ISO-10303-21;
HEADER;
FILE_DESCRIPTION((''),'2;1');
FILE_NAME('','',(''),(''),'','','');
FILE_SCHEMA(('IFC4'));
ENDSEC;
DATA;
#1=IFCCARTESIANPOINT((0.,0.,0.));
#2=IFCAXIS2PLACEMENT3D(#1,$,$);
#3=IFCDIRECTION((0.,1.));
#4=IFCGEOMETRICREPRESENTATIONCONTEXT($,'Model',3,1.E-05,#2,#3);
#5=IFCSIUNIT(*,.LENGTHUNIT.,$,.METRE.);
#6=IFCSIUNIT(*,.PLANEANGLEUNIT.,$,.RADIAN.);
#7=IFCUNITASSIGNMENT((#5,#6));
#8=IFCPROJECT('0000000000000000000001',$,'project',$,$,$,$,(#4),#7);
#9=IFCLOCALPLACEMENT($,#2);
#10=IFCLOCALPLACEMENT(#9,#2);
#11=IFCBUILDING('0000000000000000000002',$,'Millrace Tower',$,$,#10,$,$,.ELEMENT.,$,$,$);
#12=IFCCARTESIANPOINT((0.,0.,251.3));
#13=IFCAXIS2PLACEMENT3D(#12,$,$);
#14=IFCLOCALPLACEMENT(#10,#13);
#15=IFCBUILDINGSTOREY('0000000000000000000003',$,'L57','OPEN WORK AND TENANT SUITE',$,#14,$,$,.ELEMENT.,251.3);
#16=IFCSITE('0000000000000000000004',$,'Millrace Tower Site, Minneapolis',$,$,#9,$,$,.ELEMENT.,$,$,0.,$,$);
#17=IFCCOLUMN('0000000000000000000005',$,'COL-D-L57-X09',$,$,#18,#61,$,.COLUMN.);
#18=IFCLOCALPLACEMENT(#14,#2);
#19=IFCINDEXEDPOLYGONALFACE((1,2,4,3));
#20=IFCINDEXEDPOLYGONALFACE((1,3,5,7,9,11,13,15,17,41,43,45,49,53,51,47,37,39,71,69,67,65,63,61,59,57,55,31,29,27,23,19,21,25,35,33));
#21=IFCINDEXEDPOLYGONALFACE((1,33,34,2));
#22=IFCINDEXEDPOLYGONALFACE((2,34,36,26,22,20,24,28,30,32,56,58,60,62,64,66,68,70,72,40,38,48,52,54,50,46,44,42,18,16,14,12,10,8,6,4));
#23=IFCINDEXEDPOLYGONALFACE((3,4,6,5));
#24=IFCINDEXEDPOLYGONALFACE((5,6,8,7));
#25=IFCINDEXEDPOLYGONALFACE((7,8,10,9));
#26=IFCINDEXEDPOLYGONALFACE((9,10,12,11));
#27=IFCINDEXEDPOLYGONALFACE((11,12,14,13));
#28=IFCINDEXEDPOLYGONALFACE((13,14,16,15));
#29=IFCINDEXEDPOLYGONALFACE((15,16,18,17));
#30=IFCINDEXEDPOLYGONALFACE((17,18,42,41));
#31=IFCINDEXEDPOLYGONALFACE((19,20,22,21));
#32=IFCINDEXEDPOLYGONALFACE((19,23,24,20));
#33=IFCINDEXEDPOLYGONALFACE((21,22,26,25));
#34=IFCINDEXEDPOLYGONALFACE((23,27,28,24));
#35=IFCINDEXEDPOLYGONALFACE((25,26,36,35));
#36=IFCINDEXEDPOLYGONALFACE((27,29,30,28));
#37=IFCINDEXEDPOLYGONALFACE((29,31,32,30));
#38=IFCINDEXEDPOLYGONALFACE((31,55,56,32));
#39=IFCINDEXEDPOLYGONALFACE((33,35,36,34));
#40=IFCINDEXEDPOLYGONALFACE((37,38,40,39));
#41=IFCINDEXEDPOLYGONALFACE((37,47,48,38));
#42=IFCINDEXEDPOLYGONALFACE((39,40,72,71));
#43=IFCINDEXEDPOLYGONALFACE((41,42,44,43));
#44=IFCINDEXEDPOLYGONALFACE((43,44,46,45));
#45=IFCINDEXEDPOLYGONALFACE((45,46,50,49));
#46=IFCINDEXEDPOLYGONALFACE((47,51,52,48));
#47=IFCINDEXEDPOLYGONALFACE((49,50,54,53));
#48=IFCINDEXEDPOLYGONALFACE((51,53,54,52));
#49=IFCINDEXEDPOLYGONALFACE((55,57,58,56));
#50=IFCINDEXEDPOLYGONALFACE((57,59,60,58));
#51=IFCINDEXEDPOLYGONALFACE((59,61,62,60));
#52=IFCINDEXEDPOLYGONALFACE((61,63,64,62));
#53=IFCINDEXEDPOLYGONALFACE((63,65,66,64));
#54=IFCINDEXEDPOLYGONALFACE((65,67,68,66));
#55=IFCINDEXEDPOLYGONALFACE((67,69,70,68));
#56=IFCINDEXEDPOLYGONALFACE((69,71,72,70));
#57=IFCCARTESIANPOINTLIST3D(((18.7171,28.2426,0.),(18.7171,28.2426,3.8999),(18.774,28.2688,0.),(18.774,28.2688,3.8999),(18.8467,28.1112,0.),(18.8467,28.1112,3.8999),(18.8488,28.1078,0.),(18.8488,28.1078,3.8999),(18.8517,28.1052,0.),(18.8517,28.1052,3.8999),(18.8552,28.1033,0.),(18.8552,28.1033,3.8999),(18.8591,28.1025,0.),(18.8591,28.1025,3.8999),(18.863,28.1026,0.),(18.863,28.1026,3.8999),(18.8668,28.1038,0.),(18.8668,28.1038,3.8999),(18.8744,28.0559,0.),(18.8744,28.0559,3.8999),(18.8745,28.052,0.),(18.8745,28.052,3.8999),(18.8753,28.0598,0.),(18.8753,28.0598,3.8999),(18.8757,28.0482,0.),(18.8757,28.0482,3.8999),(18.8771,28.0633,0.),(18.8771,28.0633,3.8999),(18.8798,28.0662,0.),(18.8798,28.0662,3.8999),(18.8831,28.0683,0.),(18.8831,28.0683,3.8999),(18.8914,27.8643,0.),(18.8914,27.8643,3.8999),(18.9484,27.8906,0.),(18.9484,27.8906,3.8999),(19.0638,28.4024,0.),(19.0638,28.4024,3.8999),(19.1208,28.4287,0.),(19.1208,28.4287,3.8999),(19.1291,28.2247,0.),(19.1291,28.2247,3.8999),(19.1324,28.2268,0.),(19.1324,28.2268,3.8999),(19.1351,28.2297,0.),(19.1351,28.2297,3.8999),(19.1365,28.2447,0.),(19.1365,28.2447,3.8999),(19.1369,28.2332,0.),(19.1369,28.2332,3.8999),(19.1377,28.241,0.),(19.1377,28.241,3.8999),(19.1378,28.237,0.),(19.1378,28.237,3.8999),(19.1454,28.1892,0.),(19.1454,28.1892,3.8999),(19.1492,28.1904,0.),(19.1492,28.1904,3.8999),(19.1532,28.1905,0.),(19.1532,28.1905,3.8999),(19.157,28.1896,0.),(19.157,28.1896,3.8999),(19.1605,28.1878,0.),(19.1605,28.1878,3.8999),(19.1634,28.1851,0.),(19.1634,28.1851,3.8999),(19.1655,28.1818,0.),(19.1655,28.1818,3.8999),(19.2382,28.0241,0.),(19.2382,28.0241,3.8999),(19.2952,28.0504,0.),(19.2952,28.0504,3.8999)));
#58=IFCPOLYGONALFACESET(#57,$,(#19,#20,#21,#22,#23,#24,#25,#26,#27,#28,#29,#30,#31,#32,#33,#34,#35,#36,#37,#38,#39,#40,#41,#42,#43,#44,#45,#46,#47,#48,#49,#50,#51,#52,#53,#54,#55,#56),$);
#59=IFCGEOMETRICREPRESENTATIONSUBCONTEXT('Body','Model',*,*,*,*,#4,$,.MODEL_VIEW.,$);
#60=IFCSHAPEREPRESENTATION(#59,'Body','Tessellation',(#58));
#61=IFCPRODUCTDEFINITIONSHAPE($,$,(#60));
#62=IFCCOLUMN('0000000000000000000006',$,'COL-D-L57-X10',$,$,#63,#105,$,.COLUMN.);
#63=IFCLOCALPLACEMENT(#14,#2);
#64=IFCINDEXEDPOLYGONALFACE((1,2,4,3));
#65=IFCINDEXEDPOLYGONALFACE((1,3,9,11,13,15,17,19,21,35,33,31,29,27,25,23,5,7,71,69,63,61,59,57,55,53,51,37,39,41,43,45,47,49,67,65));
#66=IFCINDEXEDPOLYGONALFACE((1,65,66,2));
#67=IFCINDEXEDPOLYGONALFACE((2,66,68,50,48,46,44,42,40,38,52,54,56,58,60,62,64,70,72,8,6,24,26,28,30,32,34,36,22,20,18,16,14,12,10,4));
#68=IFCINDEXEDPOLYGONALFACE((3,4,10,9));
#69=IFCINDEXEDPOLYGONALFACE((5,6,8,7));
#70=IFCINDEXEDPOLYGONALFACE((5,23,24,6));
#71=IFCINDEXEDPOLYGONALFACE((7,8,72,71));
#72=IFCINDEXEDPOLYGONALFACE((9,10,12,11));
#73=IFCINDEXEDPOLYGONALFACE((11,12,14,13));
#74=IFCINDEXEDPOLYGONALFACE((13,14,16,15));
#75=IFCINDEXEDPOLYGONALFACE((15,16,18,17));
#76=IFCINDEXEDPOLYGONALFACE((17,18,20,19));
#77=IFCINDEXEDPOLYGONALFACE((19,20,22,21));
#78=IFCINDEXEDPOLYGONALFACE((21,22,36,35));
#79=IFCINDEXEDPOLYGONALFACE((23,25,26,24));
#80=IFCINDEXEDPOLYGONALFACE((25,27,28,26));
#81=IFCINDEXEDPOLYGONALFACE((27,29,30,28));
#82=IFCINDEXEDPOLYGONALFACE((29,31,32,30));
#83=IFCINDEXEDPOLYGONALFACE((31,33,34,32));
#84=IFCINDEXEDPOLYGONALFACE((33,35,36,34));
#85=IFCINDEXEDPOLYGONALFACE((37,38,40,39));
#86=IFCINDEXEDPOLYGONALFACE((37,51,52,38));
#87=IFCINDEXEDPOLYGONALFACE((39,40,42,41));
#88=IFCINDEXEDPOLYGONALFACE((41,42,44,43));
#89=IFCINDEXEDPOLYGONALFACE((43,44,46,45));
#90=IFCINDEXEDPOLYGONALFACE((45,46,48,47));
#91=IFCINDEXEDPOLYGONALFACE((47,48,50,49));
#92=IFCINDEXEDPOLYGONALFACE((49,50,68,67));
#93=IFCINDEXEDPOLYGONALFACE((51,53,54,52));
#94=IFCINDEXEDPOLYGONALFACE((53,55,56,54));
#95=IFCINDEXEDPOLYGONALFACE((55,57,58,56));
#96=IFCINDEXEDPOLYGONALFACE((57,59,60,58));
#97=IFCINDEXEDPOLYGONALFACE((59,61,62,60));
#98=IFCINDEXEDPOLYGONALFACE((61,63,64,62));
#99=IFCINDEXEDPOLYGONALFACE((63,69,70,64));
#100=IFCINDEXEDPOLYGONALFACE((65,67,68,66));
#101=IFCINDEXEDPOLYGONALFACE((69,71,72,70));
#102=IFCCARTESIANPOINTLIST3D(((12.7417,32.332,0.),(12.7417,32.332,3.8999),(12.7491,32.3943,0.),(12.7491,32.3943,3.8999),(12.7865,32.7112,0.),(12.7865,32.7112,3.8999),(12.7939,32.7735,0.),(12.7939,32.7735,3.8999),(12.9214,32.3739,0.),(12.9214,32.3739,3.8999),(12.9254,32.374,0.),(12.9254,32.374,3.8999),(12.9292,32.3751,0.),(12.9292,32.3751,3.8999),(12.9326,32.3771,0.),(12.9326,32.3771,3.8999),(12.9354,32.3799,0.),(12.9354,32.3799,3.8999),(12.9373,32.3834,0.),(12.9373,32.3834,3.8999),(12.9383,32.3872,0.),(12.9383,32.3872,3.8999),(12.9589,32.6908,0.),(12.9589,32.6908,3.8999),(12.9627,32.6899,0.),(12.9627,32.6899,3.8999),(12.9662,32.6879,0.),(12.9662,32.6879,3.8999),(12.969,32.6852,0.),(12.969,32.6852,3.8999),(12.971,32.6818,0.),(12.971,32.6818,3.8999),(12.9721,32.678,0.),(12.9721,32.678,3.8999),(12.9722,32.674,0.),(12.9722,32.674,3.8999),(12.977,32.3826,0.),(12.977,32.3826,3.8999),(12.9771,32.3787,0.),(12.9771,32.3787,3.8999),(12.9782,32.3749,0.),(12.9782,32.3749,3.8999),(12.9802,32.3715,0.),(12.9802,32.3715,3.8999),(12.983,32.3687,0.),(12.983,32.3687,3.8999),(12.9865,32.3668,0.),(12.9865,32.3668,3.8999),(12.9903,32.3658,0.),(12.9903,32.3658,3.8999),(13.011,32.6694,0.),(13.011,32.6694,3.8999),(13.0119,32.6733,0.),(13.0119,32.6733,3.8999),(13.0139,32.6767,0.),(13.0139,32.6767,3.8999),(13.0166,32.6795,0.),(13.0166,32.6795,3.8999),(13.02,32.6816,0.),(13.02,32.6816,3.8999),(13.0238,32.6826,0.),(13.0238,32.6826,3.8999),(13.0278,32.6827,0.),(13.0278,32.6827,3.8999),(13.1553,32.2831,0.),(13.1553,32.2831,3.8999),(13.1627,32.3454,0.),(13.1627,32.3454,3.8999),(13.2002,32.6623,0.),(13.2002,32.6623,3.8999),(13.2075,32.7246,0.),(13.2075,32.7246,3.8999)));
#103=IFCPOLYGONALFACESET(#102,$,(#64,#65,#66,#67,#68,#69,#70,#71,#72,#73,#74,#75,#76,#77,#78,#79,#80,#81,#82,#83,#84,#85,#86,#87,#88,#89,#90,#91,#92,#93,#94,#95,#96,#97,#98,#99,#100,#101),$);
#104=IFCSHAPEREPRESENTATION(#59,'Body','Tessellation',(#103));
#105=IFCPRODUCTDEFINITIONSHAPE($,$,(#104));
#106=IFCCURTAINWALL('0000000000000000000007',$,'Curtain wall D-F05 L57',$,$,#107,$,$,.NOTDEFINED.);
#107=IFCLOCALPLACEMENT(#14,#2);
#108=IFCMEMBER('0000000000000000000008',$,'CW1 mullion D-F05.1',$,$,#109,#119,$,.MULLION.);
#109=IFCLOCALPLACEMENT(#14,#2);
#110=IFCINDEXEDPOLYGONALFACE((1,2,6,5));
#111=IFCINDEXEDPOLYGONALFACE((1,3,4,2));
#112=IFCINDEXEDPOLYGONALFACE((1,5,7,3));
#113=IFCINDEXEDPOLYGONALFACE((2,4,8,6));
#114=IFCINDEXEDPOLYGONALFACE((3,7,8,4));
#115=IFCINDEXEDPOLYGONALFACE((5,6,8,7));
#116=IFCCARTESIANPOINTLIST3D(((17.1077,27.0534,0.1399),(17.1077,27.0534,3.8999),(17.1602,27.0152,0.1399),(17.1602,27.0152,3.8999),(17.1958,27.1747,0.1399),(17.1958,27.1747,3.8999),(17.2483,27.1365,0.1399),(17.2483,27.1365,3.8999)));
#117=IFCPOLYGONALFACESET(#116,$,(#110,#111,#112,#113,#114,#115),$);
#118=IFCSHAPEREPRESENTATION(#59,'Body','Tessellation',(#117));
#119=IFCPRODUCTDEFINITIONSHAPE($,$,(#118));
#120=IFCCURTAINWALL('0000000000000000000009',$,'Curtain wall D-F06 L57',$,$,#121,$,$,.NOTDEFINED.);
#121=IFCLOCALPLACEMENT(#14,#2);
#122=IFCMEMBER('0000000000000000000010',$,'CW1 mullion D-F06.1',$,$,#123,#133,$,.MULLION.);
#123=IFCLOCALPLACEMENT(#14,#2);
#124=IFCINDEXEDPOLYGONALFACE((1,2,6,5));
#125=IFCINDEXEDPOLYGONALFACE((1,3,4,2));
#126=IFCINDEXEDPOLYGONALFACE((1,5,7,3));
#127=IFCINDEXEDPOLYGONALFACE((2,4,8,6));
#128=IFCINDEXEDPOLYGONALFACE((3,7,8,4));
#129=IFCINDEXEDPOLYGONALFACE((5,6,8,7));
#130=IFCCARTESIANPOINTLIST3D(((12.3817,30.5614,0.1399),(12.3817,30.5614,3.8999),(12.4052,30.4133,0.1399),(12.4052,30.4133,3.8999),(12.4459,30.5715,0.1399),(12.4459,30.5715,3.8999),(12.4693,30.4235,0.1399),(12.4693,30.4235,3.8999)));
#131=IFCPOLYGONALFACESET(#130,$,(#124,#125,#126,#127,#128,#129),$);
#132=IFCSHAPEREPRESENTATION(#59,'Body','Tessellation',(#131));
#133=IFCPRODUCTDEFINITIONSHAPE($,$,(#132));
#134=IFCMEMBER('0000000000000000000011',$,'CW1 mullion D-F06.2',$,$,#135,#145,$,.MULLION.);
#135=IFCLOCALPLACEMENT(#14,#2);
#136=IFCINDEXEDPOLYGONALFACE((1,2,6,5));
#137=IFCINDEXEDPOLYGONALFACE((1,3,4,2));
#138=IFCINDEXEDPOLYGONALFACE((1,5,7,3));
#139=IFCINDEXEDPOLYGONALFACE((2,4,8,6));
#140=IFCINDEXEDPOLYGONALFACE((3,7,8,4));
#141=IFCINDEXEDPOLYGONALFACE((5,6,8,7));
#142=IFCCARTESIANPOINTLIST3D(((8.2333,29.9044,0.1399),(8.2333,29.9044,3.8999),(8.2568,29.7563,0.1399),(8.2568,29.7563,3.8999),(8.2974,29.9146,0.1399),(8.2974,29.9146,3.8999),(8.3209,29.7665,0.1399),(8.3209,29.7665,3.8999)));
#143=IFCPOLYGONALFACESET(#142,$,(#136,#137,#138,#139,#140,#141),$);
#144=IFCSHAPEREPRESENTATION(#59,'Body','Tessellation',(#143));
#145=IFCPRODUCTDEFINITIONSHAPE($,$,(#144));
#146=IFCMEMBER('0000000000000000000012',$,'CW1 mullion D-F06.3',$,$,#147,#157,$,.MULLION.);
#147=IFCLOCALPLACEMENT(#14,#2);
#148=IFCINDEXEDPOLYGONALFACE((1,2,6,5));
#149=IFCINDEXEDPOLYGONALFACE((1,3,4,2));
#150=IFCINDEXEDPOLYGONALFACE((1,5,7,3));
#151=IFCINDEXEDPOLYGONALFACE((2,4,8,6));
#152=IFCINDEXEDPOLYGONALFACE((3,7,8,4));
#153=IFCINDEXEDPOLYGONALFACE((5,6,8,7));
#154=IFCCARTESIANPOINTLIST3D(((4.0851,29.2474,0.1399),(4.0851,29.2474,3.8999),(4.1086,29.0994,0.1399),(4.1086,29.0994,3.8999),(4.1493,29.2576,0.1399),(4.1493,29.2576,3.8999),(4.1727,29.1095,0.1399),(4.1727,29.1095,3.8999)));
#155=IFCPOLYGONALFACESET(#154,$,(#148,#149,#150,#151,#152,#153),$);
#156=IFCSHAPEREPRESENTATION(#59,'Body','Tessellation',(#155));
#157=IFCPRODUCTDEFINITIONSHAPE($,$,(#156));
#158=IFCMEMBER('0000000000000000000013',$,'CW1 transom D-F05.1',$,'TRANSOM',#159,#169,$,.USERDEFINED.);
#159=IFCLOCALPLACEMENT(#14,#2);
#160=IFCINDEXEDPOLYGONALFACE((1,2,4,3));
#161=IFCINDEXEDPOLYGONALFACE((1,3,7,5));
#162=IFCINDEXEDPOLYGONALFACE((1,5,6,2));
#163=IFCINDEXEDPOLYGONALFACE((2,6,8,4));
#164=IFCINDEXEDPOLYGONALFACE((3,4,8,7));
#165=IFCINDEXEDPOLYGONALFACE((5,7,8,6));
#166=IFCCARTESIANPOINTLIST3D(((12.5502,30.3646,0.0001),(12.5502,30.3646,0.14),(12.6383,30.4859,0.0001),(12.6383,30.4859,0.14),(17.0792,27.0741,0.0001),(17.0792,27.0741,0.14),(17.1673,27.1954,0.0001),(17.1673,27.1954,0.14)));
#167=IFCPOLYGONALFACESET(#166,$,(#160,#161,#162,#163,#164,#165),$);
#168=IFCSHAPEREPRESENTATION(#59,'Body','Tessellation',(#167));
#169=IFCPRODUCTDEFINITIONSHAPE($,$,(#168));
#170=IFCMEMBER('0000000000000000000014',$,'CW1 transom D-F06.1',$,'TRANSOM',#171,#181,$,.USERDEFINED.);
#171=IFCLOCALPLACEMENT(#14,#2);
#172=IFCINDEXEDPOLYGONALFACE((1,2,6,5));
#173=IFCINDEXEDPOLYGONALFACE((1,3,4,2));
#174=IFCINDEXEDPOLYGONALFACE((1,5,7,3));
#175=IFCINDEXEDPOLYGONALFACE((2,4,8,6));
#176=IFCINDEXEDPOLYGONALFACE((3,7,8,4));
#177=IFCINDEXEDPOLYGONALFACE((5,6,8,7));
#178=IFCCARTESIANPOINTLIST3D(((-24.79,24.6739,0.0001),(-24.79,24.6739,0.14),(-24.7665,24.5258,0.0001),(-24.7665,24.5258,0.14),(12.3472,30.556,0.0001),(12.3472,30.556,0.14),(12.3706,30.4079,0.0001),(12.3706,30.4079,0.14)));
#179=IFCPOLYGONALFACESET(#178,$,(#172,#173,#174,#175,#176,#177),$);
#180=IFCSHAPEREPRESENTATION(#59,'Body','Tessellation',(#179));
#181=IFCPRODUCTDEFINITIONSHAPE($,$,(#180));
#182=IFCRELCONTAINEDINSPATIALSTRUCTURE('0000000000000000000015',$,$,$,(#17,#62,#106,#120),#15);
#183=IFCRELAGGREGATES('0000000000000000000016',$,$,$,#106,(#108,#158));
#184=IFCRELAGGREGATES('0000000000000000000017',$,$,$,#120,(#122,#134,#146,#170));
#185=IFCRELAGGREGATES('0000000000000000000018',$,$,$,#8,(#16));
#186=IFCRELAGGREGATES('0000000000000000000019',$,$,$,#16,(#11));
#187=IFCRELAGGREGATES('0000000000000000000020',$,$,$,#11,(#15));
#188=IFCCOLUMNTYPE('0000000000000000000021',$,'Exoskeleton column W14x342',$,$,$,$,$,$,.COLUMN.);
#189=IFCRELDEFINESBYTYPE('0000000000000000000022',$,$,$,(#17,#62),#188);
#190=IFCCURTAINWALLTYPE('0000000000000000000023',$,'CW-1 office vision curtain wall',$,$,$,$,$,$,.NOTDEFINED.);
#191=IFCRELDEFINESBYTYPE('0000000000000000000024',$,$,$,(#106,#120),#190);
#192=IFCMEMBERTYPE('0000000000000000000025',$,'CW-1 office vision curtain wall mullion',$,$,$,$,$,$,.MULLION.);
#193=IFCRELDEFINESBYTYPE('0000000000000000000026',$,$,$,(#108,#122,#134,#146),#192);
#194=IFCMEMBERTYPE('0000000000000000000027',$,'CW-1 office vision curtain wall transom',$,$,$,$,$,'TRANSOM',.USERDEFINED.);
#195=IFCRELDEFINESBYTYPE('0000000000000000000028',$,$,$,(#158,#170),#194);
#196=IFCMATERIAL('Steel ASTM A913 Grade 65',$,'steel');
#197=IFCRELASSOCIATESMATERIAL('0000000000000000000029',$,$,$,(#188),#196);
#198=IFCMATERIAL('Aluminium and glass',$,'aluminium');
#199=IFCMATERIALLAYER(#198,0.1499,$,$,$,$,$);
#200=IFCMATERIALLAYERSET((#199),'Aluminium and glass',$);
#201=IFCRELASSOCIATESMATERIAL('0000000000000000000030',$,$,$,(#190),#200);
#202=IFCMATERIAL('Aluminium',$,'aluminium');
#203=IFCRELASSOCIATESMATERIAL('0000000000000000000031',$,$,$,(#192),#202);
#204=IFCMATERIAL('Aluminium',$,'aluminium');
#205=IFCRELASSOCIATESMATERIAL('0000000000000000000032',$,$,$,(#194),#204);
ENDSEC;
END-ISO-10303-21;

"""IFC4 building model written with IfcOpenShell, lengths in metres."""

from ifc_helpers import new_model, si_unit, direction, frame, origin, origin_2d, place, context, subcontext, project, spatial, rectangle, i_section, extrude, material, layer, layer_set, material_profile, profile_set, type_object, element, aggregate, save


model = new_model("IFC4")

# Units and contexts
model_context = context("Model", 3, precision=1e-05, world=origin(), true_north=direction((0.0, 1.0)))
body_context = subcontext(model_context, "Body", "Model", "MODEL_VIEW")
ifc_project = project(units=[si_unit("LENGTHUNIT", "METRE"), si_unit("PLANEANGLEUNIT", "RADIAN")], contexts=[model_context])

# Site, building, storey
site_placement = place(None, origin())
site = spatial("IfcSite", under=ifc_project, at=site_placement, Name="Millrace Tower Site, Minneapolis", CompositionType="ELEMENT", RefElevation=0.0)
building_placement = place(site_placement, origin())
building = spatial("IfcBuilding", under=site, at=building_placement, Name="Millrace Tower", CompositionType="ELEMENT")
storey_placement = place(building_placement, frame((0.0, 0.0, 251.3)))
storey = spatial("IfcBuildingStorey", under=building, at=storey_placement, Name="L57", Description="OPEN WORK AND TENANT SUITE", CompositionType="ELEMENT", Elevation=251.3)

# Columns
ifc_material_1 = material(Name="Steel ASTM A913 Grade 65", Category="steel")
ifc_material_profile_1 = material_profile(ifc_material_1, i_section(OverallWidth=0.4165, OverallDepth=0.4446, WebThickness=0.0391, FlangeThickness=0.0627, FilletRadius=0.0151, at=origin_2d()))
ifc_profile_set_1 = profile_set([ifc_material_profile_1], Name="Steel ASTM A913 Grade 65")
column_type = type_object("IfcColumnType", Name="Exoskeleton column W14x342", PredefinedType="COLUMN", material=ifc_profile_set_1)
for number, where, z_axis, x_axis, name in (
    (1, (19.0061, 28.1465, 0.0), (0.0, 0.0, 1.0), (-0.418553, 0.908192, 0.0), "COL-D-L57-X09"),
    (2, (12.9746, 32.5283, 0.0), (0.0, 0.0, 1.0), (-0.993082, 0.117421, 0.0), "COL-D-L57-X10"),
):
    element("IfcColumn", number, at=place(storey_placement, frame(where, z_axis=z_axis, x_axis=x_axis)), inside=storey, type_object=column_type, Name=name, PredefinedType="COLUMN", context=body_context, shape_type="SweptSolid", body=[
        extrude(i_section(OverallWidth=0.4165, OverallDepth=0.4446, WebThickness=0.0391, FlangeThickness=0.0627, FilletRadius=0.0151, at=origin_2d()), origin(), (0.0, 0.0, 1.0), 3.8999),
    ])

# Curtain wall, member
ifc_material_2 = material(Name="Aluminium and glass", Category="aluminium")
ifc_layer_1 = layer(ifc_material_2, 0.1499)
ifc_layer_set_1 = layer_set([ifc_layer_1], Name="Aluminium and glass")
curtain_wall_type = type_object("IfcCurtainWallType", Name="CW-1 office vision curtain wall", PredefinedType="NOTDEFINED", material=ifc_layer_set_1)
placement = place(storey_placement, origin())
curtain_wall_1 = element("IfcCurtainWall", 3, at=placement, inside=storey, type_object=curtain_wall_type, Name="Curtain wall D-F05 L57", PredefinedType="NOTDEFINED")
ifc_material_3 = material(Name="Aluminium", Category="aluminium")
ifc_material_profile_2 = material_profile(ifc_material_3, rectangle(XDim=0.0649, YDim=0.1499, at=origin_2d()))
ifc_profile_set_2 = profile_set([ifc_material_profile_2], Name="Aluminium")
member_type_1 = type_object("IfcMemberType", Name="CW-1 office vision curtain wall mullion", PredefinedType="MULLION", material=ifc_profile_set_2)
member_1_placement = place(storey_placement, frame((17.178, 27.095, 0.1399), z_axis=(0.0, 0.0, 1.0), x_axis=(-0.809017, 0.587785, 0.0)))
member_1 = element("IfcMember", 4, at=member_1_placement, type_object=member_type_1, Name="CW1 mullion D-F05.1", PredefinedType="MULLION", context=body_context, shape_type="SweptSolid", body=[
    extrude(rectangle(XDim=0.0649, YDim=0.1499, at=origin_2d()), origin(), (0.0, 0.0, 1.0), 3.76),
])

# Curtain wall, members
curtain_wall_2 = element("IfcCurtainWall", 5, at=placement, inside=storey, type_object=curtain_wall_type, Name="Curtain wall D-F06 L57", PredefinedType="NOTDEFINED")
member_2_placement = place(storey_placement, frame((12.4255, 30.4924, 0.1399), z_axis=(0.0, 0.0, 1.0), x_axis=(-0.987688, -0.156434, 0.0)))
member_2 = element("IfcMember", 6, at=member_2_placement, type_object=member_type_1, Name="CW1 mullion D-F06.1", PredefinedType="MULLION", context=body_context, shape_type="SweptSolid", body=[
    extrude(rectangle(XDim=0.0649, YDim=0.1499, at=origin_2d()), origin(), (0.0, 0.0, 1.0), 3.76),
])
member_3_placement = place(storey_placement, frame((8.2771, 29.8354, 0.1399), z_axis=(0.0, 0.0, 1.0), x_axis=(-0.987688, -0.156434, 0.0)))
member_3 = element("IfcMember", 7, at=member_3_placement, type_object=member_type_1, Name="CW1 mullion D-F06.2", PredefinedType="MULLION", context=body_context, shape_type="SweptSolid", body=[
    extrude(rectangle(XDim=0.0649, YDim=0.1499, at=origin_2d()), origin(), (0.0, 0.0, 1.0), 3.76),
])
member_4_placement = place(storey_placement, frame((4.1289, 29.1785, 0.1399), z_axis=(0.0, 0.0, 1.0), x_axis=(-0.987688, -0.156434, 0.0)))
member_4 = element("IfcMember", 8, at=member_4_placement, type_object=member_type_1, Name="CW1 mullion D-F06.3", PredefinedType="MULLION", context=body_context, shape_type="SweptSolid", body=[
    extrude(rectangle(XDim=0.0649, YDim=0.1499, at=origin_2d()), origin(), (0.0, 0.0, 1.0), 3.76),
])

# Members
ifc_material_4 = material(Name="Aluminium", Category="aluminium")
ifc_material_profile_3 = material_profile(ifc_material_4, rectangle(XDim=0.1499, YDim=0.1399, at=origin_2d()))
ifc_profile_set_3 = profile_set([ifc_material_profile_3], Name="Aluminium")
member_type_2 = type_object("IfcMemberType", Name="CW-1 office vision curtain wall transom", ElementType="TRANSOM", PredefinedType="USERDEFINED", material=ifc_profile_set_3)
member_5_placement = place(storey_placement, frame((17.1233, 27.1348, 0.0701), z_axis=(-0.809019, 0.587783, 0.0), x_axis=(-0.587783, -0.809019, 0.0)))
member_5 = element("IfcMember", 9, at=member_5_placement, type_object=member_type_2, Name="CW1 transom D-F05.1", ObjectType="TRANSOM", PredefinedType="USERDEFINED", context=body_context, shape_type="SweptSolid", body=[
    extrude(rectangle(XDim=0.1499, YDim=0.1399, at=origin_2d()), origin(), (0.0, 0.0, 1.0), 5.5981),
])
aggregate(curtain_wall_1, [member_1, member_5])
member_6_placement = place(storey_placement, frame((12.3589, 30.4819, 0.0701), z_axis=(-0.987688, -0.156438, 0.0), x_axis=(0.156438, -0.987688, 0.0)))
member_6 = element("IfcMember", 10, at=member_6_placement, type_object=member_type_2, Name="CW1 transom D-F06.1", ObjectType="TRANSOM", PredefinedType="USERDEFINED", context=body_context, shape_type="SweptSolid", body=[
    extrude(rectangle(XDim=0.1499, YDim=0.1399, at=origin_2d()), origin(), (0.0, 0.0, 1.0), 37.6001),
])
aggregate(curtain_wall_2, [member_2, member_3, member_4, member_6])

save(model, "model.ifc")
